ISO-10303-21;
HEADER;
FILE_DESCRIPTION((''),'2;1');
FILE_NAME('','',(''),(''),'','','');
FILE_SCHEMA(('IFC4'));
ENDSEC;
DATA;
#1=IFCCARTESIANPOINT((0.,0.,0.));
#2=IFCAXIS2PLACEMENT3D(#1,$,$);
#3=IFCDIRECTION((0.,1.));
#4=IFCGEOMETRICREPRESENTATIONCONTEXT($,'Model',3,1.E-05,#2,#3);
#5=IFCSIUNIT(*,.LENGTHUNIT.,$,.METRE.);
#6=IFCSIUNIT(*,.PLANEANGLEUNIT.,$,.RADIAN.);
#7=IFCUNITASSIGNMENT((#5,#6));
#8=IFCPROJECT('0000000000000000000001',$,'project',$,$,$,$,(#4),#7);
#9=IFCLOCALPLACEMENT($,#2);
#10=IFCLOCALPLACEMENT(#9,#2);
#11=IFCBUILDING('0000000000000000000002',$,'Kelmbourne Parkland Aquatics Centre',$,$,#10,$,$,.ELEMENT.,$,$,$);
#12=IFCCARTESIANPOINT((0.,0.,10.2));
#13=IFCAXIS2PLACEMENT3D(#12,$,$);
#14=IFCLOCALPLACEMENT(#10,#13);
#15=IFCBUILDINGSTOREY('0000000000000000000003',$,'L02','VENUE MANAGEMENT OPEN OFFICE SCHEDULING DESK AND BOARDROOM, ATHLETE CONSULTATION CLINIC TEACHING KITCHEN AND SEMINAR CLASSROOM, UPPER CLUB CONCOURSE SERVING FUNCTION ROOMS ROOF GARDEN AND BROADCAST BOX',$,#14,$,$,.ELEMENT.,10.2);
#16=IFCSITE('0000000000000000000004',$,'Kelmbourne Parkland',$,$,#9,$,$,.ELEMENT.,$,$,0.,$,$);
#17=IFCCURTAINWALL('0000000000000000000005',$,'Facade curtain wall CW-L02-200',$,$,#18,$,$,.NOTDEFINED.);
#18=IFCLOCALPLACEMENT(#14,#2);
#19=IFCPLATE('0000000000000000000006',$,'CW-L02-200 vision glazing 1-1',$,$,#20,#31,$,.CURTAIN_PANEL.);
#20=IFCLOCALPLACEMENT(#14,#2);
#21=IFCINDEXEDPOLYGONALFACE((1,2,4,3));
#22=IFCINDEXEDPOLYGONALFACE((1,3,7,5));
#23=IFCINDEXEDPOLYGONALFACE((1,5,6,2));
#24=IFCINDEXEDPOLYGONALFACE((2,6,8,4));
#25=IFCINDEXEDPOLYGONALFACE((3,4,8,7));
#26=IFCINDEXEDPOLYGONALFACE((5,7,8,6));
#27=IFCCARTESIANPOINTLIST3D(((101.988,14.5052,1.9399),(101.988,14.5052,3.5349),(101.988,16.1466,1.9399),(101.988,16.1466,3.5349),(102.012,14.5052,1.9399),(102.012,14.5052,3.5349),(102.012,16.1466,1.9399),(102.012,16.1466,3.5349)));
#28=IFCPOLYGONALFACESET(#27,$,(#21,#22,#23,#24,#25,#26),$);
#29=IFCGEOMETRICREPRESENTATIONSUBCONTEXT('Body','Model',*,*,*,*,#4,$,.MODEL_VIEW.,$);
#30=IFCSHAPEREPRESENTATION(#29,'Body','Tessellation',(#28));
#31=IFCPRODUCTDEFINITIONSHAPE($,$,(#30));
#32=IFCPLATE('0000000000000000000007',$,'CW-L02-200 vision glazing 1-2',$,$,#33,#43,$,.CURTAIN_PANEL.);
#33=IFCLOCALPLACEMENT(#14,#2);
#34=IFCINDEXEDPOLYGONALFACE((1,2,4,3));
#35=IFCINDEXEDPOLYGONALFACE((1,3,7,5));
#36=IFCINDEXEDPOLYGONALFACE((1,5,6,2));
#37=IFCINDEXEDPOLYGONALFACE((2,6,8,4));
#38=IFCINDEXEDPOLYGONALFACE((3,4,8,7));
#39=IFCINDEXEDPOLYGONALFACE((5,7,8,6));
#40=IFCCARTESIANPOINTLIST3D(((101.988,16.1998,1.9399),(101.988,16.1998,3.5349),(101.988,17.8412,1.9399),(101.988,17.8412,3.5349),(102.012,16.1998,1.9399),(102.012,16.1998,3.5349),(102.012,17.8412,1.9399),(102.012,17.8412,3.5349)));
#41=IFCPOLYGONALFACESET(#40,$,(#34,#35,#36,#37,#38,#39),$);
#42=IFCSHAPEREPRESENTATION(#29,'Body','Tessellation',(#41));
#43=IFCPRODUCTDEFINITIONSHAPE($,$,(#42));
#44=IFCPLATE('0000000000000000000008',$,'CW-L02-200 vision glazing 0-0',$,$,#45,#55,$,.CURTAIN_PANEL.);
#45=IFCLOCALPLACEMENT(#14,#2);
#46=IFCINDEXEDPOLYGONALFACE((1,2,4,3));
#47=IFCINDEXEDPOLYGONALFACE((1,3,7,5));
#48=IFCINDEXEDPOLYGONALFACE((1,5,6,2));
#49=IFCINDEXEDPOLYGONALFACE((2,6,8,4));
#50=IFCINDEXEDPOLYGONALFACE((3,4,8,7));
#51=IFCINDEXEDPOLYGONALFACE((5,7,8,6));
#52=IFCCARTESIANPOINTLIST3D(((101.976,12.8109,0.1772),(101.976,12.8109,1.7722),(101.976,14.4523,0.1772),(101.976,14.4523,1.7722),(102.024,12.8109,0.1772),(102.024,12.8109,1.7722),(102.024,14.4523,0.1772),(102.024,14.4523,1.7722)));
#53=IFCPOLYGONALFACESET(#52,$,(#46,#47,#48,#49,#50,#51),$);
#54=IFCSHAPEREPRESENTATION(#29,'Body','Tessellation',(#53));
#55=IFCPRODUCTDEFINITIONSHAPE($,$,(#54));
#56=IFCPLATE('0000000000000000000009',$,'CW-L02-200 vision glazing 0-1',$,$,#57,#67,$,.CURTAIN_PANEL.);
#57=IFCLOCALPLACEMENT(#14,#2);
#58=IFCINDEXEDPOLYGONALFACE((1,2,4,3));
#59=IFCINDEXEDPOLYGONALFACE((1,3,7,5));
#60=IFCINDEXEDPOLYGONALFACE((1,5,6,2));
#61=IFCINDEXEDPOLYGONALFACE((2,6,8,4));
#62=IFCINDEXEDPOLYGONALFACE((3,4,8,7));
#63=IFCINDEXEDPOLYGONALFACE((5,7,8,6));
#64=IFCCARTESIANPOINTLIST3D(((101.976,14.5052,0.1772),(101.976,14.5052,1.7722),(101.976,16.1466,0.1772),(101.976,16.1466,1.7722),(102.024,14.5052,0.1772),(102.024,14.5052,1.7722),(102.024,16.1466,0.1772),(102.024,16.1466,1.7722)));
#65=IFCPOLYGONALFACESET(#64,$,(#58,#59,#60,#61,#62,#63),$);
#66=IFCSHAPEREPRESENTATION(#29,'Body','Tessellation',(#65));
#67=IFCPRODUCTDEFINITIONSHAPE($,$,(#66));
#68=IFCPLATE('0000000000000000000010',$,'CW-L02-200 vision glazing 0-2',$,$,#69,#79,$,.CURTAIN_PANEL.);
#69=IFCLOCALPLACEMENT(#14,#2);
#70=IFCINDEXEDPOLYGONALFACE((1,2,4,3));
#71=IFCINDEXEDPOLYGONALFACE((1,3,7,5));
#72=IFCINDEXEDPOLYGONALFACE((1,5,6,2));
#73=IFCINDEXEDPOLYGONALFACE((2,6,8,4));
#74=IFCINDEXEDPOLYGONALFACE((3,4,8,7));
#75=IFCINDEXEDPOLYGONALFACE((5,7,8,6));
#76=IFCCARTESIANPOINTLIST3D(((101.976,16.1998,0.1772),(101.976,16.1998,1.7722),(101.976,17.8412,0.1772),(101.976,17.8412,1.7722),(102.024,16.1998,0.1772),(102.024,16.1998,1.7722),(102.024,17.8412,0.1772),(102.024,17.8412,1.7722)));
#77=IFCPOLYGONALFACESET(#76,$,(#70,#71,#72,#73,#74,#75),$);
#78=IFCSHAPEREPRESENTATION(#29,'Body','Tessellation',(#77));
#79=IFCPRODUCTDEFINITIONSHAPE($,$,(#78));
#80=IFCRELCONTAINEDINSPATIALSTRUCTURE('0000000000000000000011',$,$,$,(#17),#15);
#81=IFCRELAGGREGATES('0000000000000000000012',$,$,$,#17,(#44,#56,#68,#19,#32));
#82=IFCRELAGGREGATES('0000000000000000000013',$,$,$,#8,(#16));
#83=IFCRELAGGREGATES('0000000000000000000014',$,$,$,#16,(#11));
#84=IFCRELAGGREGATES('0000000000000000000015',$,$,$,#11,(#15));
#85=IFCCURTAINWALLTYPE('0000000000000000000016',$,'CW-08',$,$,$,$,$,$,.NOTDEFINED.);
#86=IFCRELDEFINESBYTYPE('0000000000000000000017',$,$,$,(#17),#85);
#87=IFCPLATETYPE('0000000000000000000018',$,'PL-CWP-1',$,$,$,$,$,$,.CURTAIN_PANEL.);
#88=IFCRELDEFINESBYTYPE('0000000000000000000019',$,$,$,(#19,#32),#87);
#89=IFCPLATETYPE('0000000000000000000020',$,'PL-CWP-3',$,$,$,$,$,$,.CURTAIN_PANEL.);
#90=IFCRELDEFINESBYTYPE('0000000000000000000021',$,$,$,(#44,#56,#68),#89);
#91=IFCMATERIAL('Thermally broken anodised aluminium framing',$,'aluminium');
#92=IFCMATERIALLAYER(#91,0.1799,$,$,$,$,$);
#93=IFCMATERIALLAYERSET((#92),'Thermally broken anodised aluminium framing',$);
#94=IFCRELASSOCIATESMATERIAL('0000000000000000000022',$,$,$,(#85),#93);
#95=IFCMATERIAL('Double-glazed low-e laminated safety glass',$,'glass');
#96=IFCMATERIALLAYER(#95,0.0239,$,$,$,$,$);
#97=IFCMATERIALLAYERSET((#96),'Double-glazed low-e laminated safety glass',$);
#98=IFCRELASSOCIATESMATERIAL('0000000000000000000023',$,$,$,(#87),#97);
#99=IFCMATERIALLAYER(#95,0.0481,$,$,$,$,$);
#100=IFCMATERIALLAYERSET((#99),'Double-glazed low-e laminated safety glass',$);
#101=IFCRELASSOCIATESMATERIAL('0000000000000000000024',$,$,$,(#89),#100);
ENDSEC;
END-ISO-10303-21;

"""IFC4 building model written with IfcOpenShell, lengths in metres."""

from ifc_helpers import new_model, si_unit, direction, frame, origin, origin_2d, place, context, subcontext, project, spatial, rectangle, extrude, material, layer, layer_set, type_object, element, aggregate, save


model = new_model("IFC4")

# Units and contexts
model_context = context("Model", 3, precision=1e-05, world=origin(), true_north=direction((0.0, 1.0)))
body_context = subcontext(model_context, "Body", "Model", "MODEL_VIEW")
ifc_project = project(units=[si_unit("LENGTHUNIT", "METRE"), si_unit("PLANEANGLEUNIT", "RADIAN")], contexts=[model_context])

# Site, building, storey
site_placement = place(None, origin())
site = spatial("IfcSite", under=ifc_project, at=site_placement, Name="Kelmbourne Parkland", CompositionType="ELEMENT", RefElevation=0.0)
building_placement = place(site_placement, origin())
building = spatial("IfcBuilding", under=site, at=building_placement, Name="Kelmbourne Parkland Aquatics Centre", CompositionType="ELEMENT")
storey_placement = place(building_placement, frame((0.0, 0.0, 10.2)))
storey = spatial("IfcBuildingStorey", under=building, at=storey_placement, Name="L02", Description="VENUE MANAGEMENT OPEN OFFICE SCHEDULING DESK AND BOARDROOM, ATHLETE CONSULTATION CLINIC TEACHING KITCHEN AND SEMINAR CLASSROOM, UPPER CLUB CONCOURSE SERVING FUNCTION ROOMS ROOF GARDEN AND BROADCAST BOX", CompositionType="ELEMENT", Elevation=10.2)

# Curtain wall, plates
ifc_material_1 = material(Name="Thermally broken anodised aluminium framing", Category="aluminium")
ifc_layer_1 = layer(ifc_material_1, 0.1799)
ifc_layer_set_1 = layer_set([ifc_layer_1], Name="Thermally broken anodised aluminium framing")
curtain_wall_type = type_object("IfcCurtainWallType", Name="CW-08", PredefinedType="NOTDEFINED", material=ifc_layer_set_1)
curtain_wall_placement = place(storey_placement, origin())
curtain_wall = element("IfcCurtainWall", 1, at=curtain_wall_placement, inside=storey, type_object=curtain_wall_type, Name="Facade curtain wall CW-L02-200", PredefinedType="NOTDEFINED")
ifc_material_2 = material(Name="Double-glazed low-e laminated safety glass", Category="glass")
ifc_layer_2 = layer(ifc_material_2, 0.0239)
ifc_layer_set_2 = layer_set([ifc_layer_2], Name="Double-glazed low-e laminated safety glass")
plate_type_1 = type_object("IfcPlateType", Name="PL-CWP-1", PredefinedType="CURTAIN_PANEL", material=ifc_layer_set_2)
plate_1_placement = place(storey_placement, frame((102.0, 15.3259, 1.9399), z_axis=(0.0, 0.0, 1.0), x_axis=(0.0, 1.0, 0.0)))
plate_1 = element("IfcPlate", 2, at=plate_1_placement, type_object=plate_type_1, Name="CW-L02-200 vision glazing 1-1", PredefinedType="CURTAIN_PANEL", context=body_context, shape_type="SweptSolid", body=[
    extrude(rectangle(XDim=1.6414, YDim=0.0239, at=origin_2d()), origin(), (0.0, 0.0, 1.0), 1.595),
])
plate_2_placement = place(storey_placement, frame((102.0, 17.0205, 1.9399), z_axis=(0.0, 0.0, 1.0), x_axis=(0.0, 1.0, 0.0)))
plate_2 = element("IfcPlate", 3, at=plate_2_placement, type_object=plate_type_1, Name="CW-L02-200 vision glazing 1-2", PredefinedType="CURTAIN_PANEL", context=body_context, shape_type="SweptSolid", body=[
    extrude(rectangle(XDim=1.6414, YDim=0.0239, at=origin_2d()), origin(), (0.0, 0.0, 1.0), 1.595),
])
ifc_layer_3 = layer(ifc_material_2, 0.0481)
ifc_layer_set_3 = layer_set([ifc_layer_3], Name="Double-glazed low-e laminated safety glass")
plate_type_2 = type_object("IfcPlateType", Name="PL-CWP-3", PredefinedType="CURTAIN_PANEL", material=ifc_layer_set_3)
plate_3_placement = place(storey_placement, frame((102.0, 13.6316, 0.1772), z_axis=(0.0, 0.0, 1.0), x_axis=(0.0, 1.0, 0.0)))
plate_3 = element("IfcPlate", 4, at=plate_3_placement, type_object=plate_type_2, Name="CW-L02-200 vision glazing 0-0", PredefinedType="CURTAIN_PANEL", context=body_context, shape_type="SweptSolid", body=[
    extrude(rectangle(XDim=1.6414, YDim=0.0481, at=origin_2d()), origin(), (0.0, 0.0, 1.0), 1.595),
])
plate_4_placement = place(storey_placement, frame((102.0, 15.3259, 0.1772), z_axis=(0.0, 0.0, 1.0), x_axis=(0.0, 1.0, 0.0)))
plate_4 = element("IfcPlate", 5, at=plate_4_placement, type_object=plate_type_2, Name="CW-L02-200 vision glazing 0-1", PredefinedType="CURTAIN_PANEL", context=body_context, shape_type="SweptSolid", body=[
    extrude(rectangle(XDim=1.6414, YDim=0.0481, at=origin_2d()), origin(), (0.0, 0.0, 1.0), 1.595),
])
plate_5_placement = place(storey_placement, frame((102.0, 17.0205, 0.1772), z_axis=(0.0, 0.0, 1.0), x_axis=(0.0, 1.0, 0.0)))
plate_5 = element("IfcPlate", 6, at=plate_5_placement, type_object=plate_type_2, Name="CW-L02-200 vision glazing 0-2", PredefinedType="CURTAIN_PANEL", context=body_context, shape_type="SweptSolid", body=[
    extrude(rectangle(XDim=1.6414, YDim=0.0481, at=origin_2d()), origin(), (0.0, 0.0, 1.0), 1.595),
])
aggregate(curtain_wall, [plate_3, plate_4, plate_5, plate_1, plate_2])

save(model, "model.ifc")
